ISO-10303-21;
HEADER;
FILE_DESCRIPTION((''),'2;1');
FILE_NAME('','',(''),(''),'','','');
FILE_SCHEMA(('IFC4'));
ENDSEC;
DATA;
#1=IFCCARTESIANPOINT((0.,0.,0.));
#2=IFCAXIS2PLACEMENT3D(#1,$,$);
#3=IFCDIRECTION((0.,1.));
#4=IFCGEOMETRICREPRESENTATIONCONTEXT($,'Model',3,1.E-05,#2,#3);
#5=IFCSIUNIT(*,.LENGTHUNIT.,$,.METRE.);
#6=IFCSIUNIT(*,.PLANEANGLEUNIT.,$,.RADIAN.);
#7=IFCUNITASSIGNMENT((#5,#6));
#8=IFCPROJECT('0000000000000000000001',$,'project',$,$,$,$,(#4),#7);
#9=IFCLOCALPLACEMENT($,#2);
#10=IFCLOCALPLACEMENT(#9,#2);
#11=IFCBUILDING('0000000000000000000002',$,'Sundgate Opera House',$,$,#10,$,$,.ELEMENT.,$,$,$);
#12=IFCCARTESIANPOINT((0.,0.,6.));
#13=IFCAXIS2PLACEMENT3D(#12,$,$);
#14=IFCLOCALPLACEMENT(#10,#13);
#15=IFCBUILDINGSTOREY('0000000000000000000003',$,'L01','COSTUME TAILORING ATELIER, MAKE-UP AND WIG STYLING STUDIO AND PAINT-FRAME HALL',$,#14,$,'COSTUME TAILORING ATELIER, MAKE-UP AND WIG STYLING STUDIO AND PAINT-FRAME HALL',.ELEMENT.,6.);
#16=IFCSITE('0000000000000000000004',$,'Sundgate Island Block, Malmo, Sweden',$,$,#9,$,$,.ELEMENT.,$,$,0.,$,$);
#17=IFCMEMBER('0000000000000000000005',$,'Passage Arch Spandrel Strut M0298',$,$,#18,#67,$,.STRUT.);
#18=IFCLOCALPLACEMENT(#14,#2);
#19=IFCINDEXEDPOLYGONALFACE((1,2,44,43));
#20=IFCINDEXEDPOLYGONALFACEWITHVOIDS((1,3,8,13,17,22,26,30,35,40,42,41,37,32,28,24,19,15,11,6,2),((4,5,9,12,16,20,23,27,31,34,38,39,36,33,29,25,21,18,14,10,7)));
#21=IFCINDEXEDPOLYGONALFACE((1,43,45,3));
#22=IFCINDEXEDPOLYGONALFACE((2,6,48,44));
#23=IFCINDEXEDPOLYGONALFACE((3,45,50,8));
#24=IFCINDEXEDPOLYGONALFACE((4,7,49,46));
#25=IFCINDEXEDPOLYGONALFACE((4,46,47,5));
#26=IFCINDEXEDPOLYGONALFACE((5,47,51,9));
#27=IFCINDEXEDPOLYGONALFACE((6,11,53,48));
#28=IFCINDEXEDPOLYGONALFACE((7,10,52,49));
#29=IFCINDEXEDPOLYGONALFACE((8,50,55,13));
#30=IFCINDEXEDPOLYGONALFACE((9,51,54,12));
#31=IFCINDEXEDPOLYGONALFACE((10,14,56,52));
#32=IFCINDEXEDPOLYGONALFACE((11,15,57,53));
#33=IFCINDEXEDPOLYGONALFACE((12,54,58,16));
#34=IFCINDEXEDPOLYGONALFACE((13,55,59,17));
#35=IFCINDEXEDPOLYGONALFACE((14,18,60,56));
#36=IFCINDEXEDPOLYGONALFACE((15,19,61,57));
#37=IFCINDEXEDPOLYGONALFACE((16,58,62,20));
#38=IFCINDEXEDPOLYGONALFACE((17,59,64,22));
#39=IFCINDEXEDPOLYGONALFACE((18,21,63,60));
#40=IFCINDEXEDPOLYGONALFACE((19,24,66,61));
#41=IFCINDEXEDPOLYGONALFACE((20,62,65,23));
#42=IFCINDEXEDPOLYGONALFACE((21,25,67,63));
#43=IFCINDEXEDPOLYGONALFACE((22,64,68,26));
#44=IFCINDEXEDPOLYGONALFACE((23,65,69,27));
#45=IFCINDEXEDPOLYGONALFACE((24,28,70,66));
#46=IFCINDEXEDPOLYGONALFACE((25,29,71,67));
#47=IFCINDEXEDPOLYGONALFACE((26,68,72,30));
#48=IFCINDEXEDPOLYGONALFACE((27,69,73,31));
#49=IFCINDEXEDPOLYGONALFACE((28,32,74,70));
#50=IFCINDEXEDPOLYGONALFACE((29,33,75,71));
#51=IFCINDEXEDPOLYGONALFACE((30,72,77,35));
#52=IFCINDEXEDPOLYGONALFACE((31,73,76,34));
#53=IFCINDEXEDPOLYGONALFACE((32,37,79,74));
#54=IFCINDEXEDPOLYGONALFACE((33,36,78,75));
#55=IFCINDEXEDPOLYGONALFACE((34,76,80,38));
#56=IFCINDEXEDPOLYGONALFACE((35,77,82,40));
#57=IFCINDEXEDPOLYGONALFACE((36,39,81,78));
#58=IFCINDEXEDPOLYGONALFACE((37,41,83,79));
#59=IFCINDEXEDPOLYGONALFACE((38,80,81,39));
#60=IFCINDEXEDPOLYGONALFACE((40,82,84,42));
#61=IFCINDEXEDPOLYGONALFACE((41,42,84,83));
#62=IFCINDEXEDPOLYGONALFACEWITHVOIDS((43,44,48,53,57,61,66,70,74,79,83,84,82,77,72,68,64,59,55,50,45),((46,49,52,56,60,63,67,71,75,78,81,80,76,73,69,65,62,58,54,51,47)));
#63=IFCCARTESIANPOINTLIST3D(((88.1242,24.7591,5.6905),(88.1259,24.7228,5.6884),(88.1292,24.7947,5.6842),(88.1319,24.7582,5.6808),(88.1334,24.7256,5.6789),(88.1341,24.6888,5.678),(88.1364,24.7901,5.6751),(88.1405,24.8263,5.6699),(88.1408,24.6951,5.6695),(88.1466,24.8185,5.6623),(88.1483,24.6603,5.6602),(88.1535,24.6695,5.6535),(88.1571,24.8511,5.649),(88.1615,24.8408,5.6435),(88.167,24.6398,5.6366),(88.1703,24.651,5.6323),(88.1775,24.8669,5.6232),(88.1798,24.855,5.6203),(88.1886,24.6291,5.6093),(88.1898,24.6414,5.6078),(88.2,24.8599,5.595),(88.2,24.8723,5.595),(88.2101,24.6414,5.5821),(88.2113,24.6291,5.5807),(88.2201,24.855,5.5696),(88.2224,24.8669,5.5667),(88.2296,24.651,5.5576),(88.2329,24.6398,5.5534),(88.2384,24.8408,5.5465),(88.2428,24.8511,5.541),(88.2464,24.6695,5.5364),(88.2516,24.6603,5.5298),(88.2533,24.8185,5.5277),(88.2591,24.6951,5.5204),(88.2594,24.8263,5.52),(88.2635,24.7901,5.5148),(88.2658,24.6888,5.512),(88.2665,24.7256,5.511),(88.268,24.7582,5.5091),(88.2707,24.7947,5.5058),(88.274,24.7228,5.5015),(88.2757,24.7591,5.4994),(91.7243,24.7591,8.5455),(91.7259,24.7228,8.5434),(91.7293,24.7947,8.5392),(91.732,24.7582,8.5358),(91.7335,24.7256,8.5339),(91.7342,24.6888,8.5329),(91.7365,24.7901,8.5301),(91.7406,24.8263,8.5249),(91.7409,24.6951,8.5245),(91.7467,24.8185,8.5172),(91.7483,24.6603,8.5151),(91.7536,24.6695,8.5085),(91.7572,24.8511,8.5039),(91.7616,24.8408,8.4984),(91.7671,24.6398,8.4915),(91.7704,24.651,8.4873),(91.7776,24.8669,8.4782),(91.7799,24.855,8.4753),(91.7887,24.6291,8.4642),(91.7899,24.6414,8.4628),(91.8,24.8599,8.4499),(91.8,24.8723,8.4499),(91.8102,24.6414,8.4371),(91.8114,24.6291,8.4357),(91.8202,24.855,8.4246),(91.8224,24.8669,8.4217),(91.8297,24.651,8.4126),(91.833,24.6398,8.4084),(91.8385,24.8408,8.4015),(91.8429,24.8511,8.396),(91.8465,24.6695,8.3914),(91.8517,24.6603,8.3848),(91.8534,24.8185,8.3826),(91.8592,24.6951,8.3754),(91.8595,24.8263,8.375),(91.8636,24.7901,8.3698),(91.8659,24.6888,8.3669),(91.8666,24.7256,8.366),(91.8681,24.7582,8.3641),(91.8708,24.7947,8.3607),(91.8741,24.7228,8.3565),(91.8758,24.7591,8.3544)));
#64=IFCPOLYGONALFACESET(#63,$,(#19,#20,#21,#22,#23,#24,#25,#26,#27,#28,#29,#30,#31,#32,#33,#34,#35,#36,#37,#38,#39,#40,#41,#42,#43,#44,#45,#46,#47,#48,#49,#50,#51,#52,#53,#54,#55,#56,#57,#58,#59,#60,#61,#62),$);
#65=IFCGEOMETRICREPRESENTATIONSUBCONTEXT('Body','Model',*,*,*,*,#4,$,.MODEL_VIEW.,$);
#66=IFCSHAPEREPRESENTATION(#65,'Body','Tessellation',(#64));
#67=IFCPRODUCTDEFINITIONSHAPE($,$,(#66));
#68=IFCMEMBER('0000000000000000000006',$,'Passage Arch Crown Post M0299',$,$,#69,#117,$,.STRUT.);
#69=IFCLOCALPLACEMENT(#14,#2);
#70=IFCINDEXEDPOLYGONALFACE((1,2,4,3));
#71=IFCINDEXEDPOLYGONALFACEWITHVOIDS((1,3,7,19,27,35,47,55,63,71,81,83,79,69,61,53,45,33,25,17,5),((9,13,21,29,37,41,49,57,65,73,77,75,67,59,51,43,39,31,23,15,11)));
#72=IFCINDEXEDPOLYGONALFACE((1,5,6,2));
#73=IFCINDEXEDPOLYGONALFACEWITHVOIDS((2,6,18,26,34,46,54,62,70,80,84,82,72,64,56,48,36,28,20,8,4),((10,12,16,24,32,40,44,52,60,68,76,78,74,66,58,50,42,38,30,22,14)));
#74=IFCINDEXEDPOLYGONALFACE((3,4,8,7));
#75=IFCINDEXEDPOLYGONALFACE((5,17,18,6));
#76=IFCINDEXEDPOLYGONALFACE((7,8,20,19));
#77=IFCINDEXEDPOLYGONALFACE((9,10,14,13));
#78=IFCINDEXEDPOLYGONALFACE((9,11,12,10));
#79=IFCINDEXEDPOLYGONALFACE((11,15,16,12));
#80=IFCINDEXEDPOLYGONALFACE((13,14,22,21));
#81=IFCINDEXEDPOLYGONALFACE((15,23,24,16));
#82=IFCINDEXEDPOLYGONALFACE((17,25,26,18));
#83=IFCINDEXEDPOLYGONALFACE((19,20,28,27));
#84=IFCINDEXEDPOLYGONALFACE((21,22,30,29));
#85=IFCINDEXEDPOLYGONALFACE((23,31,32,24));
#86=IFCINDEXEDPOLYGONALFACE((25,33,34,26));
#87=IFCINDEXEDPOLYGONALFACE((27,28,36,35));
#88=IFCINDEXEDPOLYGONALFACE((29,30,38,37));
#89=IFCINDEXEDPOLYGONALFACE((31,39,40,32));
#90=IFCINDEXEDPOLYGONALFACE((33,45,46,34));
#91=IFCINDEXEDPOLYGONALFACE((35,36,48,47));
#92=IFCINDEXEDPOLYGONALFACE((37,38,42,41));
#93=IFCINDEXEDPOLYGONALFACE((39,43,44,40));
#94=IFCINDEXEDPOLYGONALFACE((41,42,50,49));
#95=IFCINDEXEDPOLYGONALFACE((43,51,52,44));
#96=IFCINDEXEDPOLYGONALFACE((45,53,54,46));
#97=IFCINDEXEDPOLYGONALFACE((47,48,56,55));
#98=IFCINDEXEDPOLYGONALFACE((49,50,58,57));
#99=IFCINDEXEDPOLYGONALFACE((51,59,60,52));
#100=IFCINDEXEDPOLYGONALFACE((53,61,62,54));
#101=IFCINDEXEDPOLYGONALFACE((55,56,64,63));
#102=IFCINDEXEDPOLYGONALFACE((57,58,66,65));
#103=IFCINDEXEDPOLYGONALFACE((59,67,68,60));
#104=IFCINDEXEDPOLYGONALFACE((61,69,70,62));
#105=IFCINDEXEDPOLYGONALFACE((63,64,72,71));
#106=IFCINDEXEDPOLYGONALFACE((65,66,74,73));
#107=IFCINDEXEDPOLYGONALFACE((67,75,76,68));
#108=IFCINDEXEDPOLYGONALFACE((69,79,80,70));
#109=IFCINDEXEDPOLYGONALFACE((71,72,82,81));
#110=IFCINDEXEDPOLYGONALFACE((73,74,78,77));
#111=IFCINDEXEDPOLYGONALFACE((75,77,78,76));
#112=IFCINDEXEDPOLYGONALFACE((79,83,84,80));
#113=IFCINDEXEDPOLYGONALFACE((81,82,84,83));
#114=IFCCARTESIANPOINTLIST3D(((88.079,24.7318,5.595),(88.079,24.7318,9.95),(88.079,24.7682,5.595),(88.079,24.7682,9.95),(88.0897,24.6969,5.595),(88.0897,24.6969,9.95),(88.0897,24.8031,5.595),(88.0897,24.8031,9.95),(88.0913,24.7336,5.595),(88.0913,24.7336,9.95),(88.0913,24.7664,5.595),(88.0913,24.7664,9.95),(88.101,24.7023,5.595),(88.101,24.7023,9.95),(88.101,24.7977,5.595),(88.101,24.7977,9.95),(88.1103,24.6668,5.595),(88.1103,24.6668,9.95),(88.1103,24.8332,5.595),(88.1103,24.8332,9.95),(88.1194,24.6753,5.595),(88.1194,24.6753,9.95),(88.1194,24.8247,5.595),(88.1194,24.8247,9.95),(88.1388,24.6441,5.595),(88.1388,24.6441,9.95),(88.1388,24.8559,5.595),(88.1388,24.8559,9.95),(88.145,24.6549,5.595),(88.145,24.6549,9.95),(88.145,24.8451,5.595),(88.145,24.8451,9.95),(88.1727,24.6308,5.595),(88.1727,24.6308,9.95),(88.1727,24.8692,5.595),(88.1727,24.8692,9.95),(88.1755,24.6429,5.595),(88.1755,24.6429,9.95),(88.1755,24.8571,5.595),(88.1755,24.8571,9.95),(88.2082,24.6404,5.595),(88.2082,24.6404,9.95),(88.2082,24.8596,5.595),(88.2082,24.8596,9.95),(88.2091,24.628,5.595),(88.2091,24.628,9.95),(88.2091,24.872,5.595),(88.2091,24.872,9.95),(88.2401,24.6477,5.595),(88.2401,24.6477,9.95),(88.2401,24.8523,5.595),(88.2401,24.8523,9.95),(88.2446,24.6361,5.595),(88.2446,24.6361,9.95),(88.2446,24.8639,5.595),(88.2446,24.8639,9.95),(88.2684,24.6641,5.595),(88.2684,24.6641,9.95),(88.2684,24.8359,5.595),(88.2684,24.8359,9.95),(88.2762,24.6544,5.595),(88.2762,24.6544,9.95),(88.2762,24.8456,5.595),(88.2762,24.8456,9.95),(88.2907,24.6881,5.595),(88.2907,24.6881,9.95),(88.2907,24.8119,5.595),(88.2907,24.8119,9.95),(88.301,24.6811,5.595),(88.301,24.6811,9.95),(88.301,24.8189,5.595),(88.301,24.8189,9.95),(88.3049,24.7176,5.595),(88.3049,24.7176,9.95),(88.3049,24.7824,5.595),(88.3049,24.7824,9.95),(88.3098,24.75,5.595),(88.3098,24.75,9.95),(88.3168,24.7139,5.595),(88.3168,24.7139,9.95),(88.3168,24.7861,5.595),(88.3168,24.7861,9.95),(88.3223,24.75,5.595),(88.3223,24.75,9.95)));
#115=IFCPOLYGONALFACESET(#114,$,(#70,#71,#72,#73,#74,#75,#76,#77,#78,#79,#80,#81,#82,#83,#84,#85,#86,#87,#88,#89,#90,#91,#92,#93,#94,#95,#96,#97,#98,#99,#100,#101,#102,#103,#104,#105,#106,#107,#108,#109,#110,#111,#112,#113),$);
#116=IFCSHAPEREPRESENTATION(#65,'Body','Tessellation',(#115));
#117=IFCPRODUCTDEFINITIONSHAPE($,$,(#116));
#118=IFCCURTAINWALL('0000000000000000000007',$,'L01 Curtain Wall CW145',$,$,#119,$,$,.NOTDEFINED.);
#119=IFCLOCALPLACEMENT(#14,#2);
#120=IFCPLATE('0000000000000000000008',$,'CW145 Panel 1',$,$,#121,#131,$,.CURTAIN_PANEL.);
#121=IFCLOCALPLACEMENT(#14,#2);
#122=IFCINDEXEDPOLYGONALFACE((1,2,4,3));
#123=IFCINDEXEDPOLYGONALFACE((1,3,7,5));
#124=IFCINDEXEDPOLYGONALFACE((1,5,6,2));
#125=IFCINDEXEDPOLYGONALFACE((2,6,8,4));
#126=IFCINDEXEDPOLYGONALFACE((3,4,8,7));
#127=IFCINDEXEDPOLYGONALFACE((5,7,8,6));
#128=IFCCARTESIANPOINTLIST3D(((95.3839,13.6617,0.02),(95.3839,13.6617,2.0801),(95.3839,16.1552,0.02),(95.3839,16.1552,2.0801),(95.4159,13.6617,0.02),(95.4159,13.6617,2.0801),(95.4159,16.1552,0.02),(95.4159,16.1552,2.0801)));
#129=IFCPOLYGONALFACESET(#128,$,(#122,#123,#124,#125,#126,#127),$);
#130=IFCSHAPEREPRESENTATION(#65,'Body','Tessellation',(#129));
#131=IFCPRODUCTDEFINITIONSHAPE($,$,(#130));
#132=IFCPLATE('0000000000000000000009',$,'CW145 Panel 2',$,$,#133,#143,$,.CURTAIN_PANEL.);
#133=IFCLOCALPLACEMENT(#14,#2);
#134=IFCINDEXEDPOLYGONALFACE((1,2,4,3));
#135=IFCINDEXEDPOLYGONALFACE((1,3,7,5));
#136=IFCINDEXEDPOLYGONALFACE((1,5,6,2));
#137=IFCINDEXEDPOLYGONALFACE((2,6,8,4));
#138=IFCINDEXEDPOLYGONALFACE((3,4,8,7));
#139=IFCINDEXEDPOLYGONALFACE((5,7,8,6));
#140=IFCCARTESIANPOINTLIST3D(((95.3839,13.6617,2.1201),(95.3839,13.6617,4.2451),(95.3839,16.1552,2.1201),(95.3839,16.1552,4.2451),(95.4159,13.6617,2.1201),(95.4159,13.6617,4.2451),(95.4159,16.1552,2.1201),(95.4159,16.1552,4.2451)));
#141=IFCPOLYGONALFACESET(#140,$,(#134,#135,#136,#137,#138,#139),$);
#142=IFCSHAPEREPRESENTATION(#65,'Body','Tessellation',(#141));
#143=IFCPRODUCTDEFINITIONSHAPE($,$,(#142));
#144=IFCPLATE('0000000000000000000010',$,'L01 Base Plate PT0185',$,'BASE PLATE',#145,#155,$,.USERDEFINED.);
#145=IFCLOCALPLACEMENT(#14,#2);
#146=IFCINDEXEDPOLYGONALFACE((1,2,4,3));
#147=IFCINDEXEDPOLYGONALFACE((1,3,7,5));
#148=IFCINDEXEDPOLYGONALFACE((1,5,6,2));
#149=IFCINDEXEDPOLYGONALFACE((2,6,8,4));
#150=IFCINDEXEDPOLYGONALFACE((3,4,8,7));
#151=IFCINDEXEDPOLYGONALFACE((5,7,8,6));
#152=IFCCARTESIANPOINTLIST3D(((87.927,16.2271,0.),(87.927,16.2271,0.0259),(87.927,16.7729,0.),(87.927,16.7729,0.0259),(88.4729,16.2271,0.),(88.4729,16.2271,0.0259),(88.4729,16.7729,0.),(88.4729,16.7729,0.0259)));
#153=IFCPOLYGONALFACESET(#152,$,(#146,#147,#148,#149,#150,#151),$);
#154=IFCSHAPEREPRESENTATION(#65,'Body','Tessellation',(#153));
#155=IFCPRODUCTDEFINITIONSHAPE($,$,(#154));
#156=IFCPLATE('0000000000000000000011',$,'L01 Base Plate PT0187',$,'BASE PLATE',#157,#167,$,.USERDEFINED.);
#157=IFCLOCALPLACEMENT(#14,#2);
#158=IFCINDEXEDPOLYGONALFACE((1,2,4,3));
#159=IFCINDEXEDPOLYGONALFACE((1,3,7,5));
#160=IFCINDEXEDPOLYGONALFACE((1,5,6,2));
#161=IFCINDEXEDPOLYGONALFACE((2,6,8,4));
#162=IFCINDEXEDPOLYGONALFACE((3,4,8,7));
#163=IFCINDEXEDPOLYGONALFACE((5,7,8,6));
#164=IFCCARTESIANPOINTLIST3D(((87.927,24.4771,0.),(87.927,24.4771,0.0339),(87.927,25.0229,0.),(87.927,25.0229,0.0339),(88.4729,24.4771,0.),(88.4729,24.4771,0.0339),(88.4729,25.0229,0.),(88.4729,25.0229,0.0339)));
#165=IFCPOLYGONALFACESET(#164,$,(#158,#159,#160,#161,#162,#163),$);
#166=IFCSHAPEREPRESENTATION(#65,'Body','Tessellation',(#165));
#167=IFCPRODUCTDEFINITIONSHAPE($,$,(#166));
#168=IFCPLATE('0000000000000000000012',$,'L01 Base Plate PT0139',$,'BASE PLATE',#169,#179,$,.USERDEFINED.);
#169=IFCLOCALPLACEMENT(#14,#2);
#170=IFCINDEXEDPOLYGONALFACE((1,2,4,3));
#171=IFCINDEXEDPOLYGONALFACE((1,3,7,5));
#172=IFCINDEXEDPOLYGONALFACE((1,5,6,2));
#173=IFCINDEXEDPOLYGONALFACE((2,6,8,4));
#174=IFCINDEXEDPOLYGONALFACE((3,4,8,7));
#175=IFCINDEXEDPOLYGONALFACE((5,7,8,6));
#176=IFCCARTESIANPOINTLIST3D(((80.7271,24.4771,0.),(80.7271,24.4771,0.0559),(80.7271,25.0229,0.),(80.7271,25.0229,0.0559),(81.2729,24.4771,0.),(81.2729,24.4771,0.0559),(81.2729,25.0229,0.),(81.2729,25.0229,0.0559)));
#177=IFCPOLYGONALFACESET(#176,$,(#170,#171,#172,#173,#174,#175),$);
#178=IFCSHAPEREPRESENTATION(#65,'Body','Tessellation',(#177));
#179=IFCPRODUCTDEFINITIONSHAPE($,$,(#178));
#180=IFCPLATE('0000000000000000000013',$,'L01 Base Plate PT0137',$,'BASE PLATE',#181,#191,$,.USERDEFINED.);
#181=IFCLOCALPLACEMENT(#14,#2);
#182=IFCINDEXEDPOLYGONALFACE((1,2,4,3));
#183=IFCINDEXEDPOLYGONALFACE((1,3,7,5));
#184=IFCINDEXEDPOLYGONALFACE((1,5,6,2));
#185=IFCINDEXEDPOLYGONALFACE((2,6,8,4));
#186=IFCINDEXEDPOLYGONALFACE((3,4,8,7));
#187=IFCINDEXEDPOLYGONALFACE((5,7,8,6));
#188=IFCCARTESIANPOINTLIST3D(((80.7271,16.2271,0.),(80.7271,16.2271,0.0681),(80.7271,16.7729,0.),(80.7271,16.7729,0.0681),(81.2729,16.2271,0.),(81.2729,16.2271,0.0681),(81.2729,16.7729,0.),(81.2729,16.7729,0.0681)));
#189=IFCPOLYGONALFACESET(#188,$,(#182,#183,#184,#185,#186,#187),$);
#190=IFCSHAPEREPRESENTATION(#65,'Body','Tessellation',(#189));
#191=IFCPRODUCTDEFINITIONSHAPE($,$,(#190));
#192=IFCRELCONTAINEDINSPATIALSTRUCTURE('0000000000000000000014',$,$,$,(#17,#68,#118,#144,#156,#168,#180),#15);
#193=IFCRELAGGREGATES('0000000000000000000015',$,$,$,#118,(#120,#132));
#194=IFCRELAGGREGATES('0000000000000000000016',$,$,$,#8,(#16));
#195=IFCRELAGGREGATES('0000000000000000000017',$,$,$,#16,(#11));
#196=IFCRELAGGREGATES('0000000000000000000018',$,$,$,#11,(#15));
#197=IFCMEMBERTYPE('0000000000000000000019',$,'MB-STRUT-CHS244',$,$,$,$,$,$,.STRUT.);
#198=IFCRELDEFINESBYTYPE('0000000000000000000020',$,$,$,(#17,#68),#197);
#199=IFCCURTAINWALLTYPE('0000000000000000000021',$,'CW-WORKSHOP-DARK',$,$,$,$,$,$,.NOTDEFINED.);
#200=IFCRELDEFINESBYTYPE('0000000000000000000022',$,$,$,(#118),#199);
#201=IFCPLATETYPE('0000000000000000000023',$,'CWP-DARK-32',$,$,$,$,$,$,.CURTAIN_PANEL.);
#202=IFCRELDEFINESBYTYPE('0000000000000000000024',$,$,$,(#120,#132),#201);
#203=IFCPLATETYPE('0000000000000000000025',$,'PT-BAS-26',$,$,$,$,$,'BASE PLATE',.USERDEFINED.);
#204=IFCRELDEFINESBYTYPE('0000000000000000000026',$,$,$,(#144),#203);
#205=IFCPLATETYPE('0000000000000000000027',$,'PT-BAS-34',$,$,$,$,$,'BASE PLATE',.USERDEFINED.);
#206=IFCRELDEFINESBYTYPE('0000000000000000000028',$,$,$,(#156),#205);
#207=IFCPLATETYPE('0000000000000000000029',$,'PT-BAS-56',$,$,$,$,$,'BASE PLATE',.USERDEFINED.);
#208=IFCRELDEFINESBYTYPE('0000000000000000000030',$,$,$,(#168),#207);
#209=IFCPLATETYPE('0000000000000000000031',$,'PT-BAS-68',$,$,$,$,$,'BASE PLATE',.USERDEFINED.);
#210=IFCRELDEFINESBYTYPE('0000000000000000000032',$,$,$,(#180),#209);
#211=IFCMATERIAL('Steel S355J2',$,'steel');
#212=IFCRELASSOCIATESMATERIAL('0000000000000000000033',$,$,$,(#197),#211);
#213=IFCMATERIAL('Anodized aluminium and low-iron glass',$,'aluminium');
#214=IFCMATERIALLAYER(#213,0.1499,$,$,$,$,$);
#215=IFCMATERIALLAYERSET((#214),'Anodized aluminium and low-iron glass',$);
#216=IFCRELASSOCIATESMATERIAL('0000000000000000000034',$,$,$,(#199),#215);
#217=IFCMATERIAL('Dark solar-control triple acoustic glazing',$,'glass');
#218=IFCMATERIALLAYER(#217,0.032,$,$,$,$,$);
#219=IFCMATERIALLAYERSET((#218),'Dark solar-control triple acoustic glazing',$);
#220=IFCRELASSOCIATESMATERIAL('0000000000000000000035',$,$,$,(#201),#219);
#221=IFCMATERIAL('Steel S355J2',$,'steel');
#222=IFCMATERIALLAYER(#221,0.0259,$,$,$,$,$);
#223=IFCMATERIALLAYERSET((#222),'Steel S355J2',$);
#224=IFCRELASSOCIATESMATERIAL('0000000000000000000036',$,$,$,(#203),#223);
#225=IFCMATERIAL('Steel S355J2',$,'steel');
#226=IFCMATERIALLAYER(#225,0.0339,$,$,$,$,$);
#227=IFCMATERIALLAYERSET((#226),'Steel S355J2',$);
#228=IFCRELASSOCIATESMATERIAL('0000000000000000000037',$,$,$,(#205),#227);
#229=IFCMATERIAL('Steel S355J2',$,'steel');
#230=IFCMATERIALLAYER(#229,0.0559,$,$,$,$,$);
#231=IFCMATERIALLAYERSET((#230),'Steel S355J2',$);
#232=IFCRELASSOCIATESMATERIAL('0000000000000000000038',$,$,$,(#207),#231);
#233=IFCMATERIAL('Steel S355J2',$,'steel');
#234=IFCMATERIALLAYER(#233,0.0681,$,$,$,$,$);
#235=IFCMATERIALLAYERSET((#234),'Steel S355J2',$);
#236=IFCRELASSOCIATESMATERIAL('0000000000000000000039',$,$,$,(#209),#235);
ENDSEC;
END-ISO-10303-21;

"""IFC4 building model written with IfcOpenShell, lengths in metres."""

from ifc_helpers import new_model, si_unit, direction, frame, origin, origin_2d, place, context, subcontext, project, spatial, rectangle, hollow_circle, extrude, material, layer, layer_set, material_profile, profile_set, type_object, element, aggregate, save


model = new_model("IFC4")

# Units and contexts
model_context = context("Model", 3, precision=1e-05, world=origin(), true_north=direction((0.0, 1.0)))
body_context = subcontext(model_context, "Body", "Model", "MODEL_VIEW")
ifc_project = project(units=[si_unit("LENGTHUNIT", "METRE"), si_unit("PLANEANGLEUNIT", "RADIAN")], contexts=[model_context])

# Site, building, storey
site_placement = place(None, origin())
site = spatial("IfcSite", under=ifc_project, at=site_placement, Name="Sundgate Island Block, Malmo, Sweden", CompositionType="ELEMENT", RefElevation=0.0)
building_placement = place(site_placement, origin())
building = spatial("IfcBuilding", under=site, at=building_placement, Name="Sundgate Opera House", CompositionType="ELEMENT")
storey_placement = place(building_placement, frame((0.0, 0.0, 6.0)))
storey = spatial("IfcBuildingStorey", under=building, at=storey_placement, Name="L01", Description="COSTUME TAILORING ATELIER, MAKE-UP AND WIG STYLING STUDIO AND PAINT-FRAME HALL", LongName="COSTUME TAILORING ATELIER, MAKE-UP AND WIG STYLING STUDIO AND PAINT-FRAME HALL", CompositionType="ELEMENT", Elevation=6.0)

# Members
ifc_material_1 = material(Name="Steel S355J2", Category="steel")
ifc_material_profile_1 = material_profile(ifc_material_1, hollow_circle(Radius=0.1223, WallThickness=0.0125, at=origin_2d()), Name="CHS 244.5x12.5")
ifc_profile_set_1 = profile_set([ifc_material_profile_1], Name="Steel S355J2")
member_type = type_object("IfcMemberType", Name="MB-STRUT-CHS244", PredefinedType="STRUT", material=ifc_profile_set_1)
member_1_placement = place(storey_placement, frame((88.2, 24.75, 5.595), z_axis=(0.783526, 0.0, 0.621359), x_axis=(0.0, 1.0, 0.0)))
element("IfcMember", 1, at=member_1_placement, inside=storey, type_object=member_type, Name="Passage Arch Spandrel Strut M0298", PredefinedType="STRUT", context=body_context, shape_type="SweptSolid", body=[
    extrude(hollow_circle(Radius=0.1223, WallThickness=0.0125, at=origin_2d()), origin(), (0.0, 0.0, 1.0), 4.5947),
])
member_2_placement = place(storey_placement, frame((88.2, 24.75, 5.595), z_axis=(0.0, 0.0, 1.0), x_axis=(1.0, 0.0, 0.0)))
element("IfcMember", 2, at=member_2_placement, inside=storey, type_object=member_type, Name="Passage Arch Crown Post M0299", PredefinedType="STRUT", context=body_context, shape_type="SweptSolid", body=[
    extrude(hollow_circle(Radius=0.1223, WallThickness=0.0125, at=origin_2d()), origin(), (0.0, 0.0, 1.0), 4.355),
])

# Curtain wall, plates
ifc_material_2 = material(Name="Anodized aluminium and low-iron glass", Category="aluminium")
ifc_layer_1 = layer(ifc_material_2, 0.1499)
ifc_layer_set_1 = layer_set([ifc_layer_1], Name="Anodized aluminium and low-iron glass")
curtain_wall_type = type_object("IfcCurtainWallType", Name="CW-WORKSHOP-DARK", PredefinedType="NOTDEFINED", material=ifc_layer_set_1)
curtain_wall_placement = place(storey_placement, origin())
curtain_wall = element("IfcCurtainWall", 3, at=curtain_wall_placement, inside=storey, type_object=curtain_wall_type, Name="L01 Curtain Wall CW145", PredefinedType="NOTDEFINED")
ifc_material_3 = material(Name="Dark solar-control triple acoustic glazing", Category="glass")
ifc_layer_2 = layer(ifc_material_3, 0.032)
ifc_layer_set_2 = layer_set([ifc_layer_2], Name="Dark solar-control triple acoustic glazing")
plate_type_1 = type_object("IfcPlateType", Name="CWP-DARK-32", PredefinedType="CURTAIN_PANEL", material=ifc_layer_set_2)
plate_1_placement = place(storey_placement, frame((95.3999, 14.9084, 0.02), z_axis=(0.0, 0.0, 1.0), x_axis=(0.0, -1.0, 0.0)))
plate_1 = element("IfcPlate", 4, at=plate_1_placement, type_object=plate_type_1, Name="CW145 Panel 1", PredefinedType="CURTAIN_PANEL", context=body_context, shape_type="SweptSolid", body=[
    extrude(rectangle(XDim=2.4934, YDim=0.032, at=origin_2d()), origin(), (0.0, 0.0, 1.0), 2.0601),
])
plate_2_placement = place(storey_placement, frame((95.3999, 14.9084, 2.1201), z_axis=(0.0, 0.0, 1.0), x_axis=(0.0, -1.0, 0.0)))
plate_2 = element("IfcPlate", 5, at=plate_2_placement, type_object=plate_type_1, Name="CW145 Panel 2", PredefinedType="CURTAIN_PANEL", context=body_context, shape_type="SweptSolid", body=[
    extrude(rectangle(XDim=2.4934, YDim=0.032, at=origin_2d()), origin(), (0.0, 0.0, 1.0), 2.125),
])
aggregate(curtain_wall, [plate_1, plate_2])

# Plates
ifc_material_4 = material(Name="Steel S355J2", Category="steel")
ifc_layer_3 = layer(ifc_material_4, 0.0259)
ifc_layer_set_3 = layer_set([ifc_layer_3], Name="Steel S355J2")
plate_type_2 = type_object("IfcPlateType", Name="PT-BAS-26", ElementType="BASE PLATE", PredefinedType="USERDEFINED", material=ifc_layer_set_3)
plate_3_placement = place(storey_placement, frame((88.2, 16.5, 0.0), z_axis=(0.0, 0.0, 1.0), x_axis=(1.0, 0.0, 0.0)))
element("IfcPlate", 6, at=plate_3_placement, inside=storey, type_object=plate_type_2, Name="L01 Base Plate PT0185", ObjectType="BASE PLATE", PredefinedType="USERDEFINED", context=body_context, shape_type="SweptSolid", body=[
    extrude(rectangle(XDim=0.5459, YDim=0.5459, at=origin_2d()), origin(), (0.0, 0.0, 1.0), 0.0259),
])
ifc_material_5 = material(Name="Steel S355J2", Category="steel")
ifc_layer_4 = layer(ifc_material_5, 0.0339)
ifc_layer_set_4 = layer_set([ifc_layer_4], Name="Steel S355J2")
plate_type_3 = type_object("IfcPlateType", Name="PT-BAS-34", ElementType="BASE PLATE", PredefinedType="USERDEFINED", material=ifc_layer_set_4)
plate_4_placement = place(storey_placement, frame((88.2, 24.75, 0.0), z_axis=(0.0, 0.0, 1.0), x_axis=(1.0, 0.0, 0.0)))
element("IfcPlate", 7, at=plate_4_placement, inside=storey, type_object=plate_type_3, Name="L01 Base Plate PT0187", ObjectType="BASE PLATE", PredefinedType="USERDEFINED", context=body_context, shape_type="SweptSolid", body=[
    extrude(rectangle(XDim=0.5459, YDim=0.5459, at=origin_2d()), origin(), (0.0, 0.0, 1.0), 0.0339),
])
ifc_material_6 = material(Name="Steel S355J2", Category="steel")
ifc_layer_5 = layer(ifc_material_6, 0.0559)
ifc_layer_set_5 = layer_set([ifc_layer_5], Name="Steel S355J2")
plate_type_4 = type_object("IfcPlateType", Name="PT-BAS-56", ElementType="BASE PLATE", PredefinedType="USERDEFINED", material=ifc_layer_set_5)
plate_5_placement = place(storey_placement, frame((81.0, 24.75, 0.0), z_axis=(0.0, 0.0, 1.0), x_axis=(1.0, 0.0, 0.0)))
element("IfcPlate", 8, at=plate_5_placement, inside=storey, type_object=plate_type_4, Name="L01 Base Plate PT0139", ObjectType="BASE PLATE", PredefinedType="USERDEFINED", context=body_context, shape_type="SweptSolid", body=[
    extrude(rectangle(XDim=0.5459, YDim=0.5459, at=origin_2d()), origin(), (0.0, 0.0, 1.0), 0.0559),
])
ifc_material_7 = material(Name="Steel S355J2", Category="steel")
ifc_layer_6 = layer(ifc_material_7, 0.0681)
ifc_layer_set_6 = layer_set([ifc_layer_6], Name="Steel S355J2")
plate_type_5 = type_object("IfcPlateType", Name="PT-BAS-68", ElementType="BASE PLATE", PredefinedType="USERDEFINED", material=ifc_layer_set_6)
plate_6_placement = place(storey_placement, frame((81.0, 16.5, 0.0), z_axis=(0.0, 0.0, 1.0), x_axis=(1.0, 0.0, 0.0)))
element("IfcPlate", 9, at=plate_6_placement, inside=storey, type_object=plate_type_5, Name="L01 Base Plate PT0137", ObjectType="BASE PLATE", PredefinedType="USERDEFINED", context=body_context, shape_type="SweptSolid", body=[
    extrude(rectangle(XDim=0.5459, YDim=0.5459, at=origin_2d()), origin(), (0.0, 0.0, 1.0), 0.0681),
])

save(model, "model.ifc")
